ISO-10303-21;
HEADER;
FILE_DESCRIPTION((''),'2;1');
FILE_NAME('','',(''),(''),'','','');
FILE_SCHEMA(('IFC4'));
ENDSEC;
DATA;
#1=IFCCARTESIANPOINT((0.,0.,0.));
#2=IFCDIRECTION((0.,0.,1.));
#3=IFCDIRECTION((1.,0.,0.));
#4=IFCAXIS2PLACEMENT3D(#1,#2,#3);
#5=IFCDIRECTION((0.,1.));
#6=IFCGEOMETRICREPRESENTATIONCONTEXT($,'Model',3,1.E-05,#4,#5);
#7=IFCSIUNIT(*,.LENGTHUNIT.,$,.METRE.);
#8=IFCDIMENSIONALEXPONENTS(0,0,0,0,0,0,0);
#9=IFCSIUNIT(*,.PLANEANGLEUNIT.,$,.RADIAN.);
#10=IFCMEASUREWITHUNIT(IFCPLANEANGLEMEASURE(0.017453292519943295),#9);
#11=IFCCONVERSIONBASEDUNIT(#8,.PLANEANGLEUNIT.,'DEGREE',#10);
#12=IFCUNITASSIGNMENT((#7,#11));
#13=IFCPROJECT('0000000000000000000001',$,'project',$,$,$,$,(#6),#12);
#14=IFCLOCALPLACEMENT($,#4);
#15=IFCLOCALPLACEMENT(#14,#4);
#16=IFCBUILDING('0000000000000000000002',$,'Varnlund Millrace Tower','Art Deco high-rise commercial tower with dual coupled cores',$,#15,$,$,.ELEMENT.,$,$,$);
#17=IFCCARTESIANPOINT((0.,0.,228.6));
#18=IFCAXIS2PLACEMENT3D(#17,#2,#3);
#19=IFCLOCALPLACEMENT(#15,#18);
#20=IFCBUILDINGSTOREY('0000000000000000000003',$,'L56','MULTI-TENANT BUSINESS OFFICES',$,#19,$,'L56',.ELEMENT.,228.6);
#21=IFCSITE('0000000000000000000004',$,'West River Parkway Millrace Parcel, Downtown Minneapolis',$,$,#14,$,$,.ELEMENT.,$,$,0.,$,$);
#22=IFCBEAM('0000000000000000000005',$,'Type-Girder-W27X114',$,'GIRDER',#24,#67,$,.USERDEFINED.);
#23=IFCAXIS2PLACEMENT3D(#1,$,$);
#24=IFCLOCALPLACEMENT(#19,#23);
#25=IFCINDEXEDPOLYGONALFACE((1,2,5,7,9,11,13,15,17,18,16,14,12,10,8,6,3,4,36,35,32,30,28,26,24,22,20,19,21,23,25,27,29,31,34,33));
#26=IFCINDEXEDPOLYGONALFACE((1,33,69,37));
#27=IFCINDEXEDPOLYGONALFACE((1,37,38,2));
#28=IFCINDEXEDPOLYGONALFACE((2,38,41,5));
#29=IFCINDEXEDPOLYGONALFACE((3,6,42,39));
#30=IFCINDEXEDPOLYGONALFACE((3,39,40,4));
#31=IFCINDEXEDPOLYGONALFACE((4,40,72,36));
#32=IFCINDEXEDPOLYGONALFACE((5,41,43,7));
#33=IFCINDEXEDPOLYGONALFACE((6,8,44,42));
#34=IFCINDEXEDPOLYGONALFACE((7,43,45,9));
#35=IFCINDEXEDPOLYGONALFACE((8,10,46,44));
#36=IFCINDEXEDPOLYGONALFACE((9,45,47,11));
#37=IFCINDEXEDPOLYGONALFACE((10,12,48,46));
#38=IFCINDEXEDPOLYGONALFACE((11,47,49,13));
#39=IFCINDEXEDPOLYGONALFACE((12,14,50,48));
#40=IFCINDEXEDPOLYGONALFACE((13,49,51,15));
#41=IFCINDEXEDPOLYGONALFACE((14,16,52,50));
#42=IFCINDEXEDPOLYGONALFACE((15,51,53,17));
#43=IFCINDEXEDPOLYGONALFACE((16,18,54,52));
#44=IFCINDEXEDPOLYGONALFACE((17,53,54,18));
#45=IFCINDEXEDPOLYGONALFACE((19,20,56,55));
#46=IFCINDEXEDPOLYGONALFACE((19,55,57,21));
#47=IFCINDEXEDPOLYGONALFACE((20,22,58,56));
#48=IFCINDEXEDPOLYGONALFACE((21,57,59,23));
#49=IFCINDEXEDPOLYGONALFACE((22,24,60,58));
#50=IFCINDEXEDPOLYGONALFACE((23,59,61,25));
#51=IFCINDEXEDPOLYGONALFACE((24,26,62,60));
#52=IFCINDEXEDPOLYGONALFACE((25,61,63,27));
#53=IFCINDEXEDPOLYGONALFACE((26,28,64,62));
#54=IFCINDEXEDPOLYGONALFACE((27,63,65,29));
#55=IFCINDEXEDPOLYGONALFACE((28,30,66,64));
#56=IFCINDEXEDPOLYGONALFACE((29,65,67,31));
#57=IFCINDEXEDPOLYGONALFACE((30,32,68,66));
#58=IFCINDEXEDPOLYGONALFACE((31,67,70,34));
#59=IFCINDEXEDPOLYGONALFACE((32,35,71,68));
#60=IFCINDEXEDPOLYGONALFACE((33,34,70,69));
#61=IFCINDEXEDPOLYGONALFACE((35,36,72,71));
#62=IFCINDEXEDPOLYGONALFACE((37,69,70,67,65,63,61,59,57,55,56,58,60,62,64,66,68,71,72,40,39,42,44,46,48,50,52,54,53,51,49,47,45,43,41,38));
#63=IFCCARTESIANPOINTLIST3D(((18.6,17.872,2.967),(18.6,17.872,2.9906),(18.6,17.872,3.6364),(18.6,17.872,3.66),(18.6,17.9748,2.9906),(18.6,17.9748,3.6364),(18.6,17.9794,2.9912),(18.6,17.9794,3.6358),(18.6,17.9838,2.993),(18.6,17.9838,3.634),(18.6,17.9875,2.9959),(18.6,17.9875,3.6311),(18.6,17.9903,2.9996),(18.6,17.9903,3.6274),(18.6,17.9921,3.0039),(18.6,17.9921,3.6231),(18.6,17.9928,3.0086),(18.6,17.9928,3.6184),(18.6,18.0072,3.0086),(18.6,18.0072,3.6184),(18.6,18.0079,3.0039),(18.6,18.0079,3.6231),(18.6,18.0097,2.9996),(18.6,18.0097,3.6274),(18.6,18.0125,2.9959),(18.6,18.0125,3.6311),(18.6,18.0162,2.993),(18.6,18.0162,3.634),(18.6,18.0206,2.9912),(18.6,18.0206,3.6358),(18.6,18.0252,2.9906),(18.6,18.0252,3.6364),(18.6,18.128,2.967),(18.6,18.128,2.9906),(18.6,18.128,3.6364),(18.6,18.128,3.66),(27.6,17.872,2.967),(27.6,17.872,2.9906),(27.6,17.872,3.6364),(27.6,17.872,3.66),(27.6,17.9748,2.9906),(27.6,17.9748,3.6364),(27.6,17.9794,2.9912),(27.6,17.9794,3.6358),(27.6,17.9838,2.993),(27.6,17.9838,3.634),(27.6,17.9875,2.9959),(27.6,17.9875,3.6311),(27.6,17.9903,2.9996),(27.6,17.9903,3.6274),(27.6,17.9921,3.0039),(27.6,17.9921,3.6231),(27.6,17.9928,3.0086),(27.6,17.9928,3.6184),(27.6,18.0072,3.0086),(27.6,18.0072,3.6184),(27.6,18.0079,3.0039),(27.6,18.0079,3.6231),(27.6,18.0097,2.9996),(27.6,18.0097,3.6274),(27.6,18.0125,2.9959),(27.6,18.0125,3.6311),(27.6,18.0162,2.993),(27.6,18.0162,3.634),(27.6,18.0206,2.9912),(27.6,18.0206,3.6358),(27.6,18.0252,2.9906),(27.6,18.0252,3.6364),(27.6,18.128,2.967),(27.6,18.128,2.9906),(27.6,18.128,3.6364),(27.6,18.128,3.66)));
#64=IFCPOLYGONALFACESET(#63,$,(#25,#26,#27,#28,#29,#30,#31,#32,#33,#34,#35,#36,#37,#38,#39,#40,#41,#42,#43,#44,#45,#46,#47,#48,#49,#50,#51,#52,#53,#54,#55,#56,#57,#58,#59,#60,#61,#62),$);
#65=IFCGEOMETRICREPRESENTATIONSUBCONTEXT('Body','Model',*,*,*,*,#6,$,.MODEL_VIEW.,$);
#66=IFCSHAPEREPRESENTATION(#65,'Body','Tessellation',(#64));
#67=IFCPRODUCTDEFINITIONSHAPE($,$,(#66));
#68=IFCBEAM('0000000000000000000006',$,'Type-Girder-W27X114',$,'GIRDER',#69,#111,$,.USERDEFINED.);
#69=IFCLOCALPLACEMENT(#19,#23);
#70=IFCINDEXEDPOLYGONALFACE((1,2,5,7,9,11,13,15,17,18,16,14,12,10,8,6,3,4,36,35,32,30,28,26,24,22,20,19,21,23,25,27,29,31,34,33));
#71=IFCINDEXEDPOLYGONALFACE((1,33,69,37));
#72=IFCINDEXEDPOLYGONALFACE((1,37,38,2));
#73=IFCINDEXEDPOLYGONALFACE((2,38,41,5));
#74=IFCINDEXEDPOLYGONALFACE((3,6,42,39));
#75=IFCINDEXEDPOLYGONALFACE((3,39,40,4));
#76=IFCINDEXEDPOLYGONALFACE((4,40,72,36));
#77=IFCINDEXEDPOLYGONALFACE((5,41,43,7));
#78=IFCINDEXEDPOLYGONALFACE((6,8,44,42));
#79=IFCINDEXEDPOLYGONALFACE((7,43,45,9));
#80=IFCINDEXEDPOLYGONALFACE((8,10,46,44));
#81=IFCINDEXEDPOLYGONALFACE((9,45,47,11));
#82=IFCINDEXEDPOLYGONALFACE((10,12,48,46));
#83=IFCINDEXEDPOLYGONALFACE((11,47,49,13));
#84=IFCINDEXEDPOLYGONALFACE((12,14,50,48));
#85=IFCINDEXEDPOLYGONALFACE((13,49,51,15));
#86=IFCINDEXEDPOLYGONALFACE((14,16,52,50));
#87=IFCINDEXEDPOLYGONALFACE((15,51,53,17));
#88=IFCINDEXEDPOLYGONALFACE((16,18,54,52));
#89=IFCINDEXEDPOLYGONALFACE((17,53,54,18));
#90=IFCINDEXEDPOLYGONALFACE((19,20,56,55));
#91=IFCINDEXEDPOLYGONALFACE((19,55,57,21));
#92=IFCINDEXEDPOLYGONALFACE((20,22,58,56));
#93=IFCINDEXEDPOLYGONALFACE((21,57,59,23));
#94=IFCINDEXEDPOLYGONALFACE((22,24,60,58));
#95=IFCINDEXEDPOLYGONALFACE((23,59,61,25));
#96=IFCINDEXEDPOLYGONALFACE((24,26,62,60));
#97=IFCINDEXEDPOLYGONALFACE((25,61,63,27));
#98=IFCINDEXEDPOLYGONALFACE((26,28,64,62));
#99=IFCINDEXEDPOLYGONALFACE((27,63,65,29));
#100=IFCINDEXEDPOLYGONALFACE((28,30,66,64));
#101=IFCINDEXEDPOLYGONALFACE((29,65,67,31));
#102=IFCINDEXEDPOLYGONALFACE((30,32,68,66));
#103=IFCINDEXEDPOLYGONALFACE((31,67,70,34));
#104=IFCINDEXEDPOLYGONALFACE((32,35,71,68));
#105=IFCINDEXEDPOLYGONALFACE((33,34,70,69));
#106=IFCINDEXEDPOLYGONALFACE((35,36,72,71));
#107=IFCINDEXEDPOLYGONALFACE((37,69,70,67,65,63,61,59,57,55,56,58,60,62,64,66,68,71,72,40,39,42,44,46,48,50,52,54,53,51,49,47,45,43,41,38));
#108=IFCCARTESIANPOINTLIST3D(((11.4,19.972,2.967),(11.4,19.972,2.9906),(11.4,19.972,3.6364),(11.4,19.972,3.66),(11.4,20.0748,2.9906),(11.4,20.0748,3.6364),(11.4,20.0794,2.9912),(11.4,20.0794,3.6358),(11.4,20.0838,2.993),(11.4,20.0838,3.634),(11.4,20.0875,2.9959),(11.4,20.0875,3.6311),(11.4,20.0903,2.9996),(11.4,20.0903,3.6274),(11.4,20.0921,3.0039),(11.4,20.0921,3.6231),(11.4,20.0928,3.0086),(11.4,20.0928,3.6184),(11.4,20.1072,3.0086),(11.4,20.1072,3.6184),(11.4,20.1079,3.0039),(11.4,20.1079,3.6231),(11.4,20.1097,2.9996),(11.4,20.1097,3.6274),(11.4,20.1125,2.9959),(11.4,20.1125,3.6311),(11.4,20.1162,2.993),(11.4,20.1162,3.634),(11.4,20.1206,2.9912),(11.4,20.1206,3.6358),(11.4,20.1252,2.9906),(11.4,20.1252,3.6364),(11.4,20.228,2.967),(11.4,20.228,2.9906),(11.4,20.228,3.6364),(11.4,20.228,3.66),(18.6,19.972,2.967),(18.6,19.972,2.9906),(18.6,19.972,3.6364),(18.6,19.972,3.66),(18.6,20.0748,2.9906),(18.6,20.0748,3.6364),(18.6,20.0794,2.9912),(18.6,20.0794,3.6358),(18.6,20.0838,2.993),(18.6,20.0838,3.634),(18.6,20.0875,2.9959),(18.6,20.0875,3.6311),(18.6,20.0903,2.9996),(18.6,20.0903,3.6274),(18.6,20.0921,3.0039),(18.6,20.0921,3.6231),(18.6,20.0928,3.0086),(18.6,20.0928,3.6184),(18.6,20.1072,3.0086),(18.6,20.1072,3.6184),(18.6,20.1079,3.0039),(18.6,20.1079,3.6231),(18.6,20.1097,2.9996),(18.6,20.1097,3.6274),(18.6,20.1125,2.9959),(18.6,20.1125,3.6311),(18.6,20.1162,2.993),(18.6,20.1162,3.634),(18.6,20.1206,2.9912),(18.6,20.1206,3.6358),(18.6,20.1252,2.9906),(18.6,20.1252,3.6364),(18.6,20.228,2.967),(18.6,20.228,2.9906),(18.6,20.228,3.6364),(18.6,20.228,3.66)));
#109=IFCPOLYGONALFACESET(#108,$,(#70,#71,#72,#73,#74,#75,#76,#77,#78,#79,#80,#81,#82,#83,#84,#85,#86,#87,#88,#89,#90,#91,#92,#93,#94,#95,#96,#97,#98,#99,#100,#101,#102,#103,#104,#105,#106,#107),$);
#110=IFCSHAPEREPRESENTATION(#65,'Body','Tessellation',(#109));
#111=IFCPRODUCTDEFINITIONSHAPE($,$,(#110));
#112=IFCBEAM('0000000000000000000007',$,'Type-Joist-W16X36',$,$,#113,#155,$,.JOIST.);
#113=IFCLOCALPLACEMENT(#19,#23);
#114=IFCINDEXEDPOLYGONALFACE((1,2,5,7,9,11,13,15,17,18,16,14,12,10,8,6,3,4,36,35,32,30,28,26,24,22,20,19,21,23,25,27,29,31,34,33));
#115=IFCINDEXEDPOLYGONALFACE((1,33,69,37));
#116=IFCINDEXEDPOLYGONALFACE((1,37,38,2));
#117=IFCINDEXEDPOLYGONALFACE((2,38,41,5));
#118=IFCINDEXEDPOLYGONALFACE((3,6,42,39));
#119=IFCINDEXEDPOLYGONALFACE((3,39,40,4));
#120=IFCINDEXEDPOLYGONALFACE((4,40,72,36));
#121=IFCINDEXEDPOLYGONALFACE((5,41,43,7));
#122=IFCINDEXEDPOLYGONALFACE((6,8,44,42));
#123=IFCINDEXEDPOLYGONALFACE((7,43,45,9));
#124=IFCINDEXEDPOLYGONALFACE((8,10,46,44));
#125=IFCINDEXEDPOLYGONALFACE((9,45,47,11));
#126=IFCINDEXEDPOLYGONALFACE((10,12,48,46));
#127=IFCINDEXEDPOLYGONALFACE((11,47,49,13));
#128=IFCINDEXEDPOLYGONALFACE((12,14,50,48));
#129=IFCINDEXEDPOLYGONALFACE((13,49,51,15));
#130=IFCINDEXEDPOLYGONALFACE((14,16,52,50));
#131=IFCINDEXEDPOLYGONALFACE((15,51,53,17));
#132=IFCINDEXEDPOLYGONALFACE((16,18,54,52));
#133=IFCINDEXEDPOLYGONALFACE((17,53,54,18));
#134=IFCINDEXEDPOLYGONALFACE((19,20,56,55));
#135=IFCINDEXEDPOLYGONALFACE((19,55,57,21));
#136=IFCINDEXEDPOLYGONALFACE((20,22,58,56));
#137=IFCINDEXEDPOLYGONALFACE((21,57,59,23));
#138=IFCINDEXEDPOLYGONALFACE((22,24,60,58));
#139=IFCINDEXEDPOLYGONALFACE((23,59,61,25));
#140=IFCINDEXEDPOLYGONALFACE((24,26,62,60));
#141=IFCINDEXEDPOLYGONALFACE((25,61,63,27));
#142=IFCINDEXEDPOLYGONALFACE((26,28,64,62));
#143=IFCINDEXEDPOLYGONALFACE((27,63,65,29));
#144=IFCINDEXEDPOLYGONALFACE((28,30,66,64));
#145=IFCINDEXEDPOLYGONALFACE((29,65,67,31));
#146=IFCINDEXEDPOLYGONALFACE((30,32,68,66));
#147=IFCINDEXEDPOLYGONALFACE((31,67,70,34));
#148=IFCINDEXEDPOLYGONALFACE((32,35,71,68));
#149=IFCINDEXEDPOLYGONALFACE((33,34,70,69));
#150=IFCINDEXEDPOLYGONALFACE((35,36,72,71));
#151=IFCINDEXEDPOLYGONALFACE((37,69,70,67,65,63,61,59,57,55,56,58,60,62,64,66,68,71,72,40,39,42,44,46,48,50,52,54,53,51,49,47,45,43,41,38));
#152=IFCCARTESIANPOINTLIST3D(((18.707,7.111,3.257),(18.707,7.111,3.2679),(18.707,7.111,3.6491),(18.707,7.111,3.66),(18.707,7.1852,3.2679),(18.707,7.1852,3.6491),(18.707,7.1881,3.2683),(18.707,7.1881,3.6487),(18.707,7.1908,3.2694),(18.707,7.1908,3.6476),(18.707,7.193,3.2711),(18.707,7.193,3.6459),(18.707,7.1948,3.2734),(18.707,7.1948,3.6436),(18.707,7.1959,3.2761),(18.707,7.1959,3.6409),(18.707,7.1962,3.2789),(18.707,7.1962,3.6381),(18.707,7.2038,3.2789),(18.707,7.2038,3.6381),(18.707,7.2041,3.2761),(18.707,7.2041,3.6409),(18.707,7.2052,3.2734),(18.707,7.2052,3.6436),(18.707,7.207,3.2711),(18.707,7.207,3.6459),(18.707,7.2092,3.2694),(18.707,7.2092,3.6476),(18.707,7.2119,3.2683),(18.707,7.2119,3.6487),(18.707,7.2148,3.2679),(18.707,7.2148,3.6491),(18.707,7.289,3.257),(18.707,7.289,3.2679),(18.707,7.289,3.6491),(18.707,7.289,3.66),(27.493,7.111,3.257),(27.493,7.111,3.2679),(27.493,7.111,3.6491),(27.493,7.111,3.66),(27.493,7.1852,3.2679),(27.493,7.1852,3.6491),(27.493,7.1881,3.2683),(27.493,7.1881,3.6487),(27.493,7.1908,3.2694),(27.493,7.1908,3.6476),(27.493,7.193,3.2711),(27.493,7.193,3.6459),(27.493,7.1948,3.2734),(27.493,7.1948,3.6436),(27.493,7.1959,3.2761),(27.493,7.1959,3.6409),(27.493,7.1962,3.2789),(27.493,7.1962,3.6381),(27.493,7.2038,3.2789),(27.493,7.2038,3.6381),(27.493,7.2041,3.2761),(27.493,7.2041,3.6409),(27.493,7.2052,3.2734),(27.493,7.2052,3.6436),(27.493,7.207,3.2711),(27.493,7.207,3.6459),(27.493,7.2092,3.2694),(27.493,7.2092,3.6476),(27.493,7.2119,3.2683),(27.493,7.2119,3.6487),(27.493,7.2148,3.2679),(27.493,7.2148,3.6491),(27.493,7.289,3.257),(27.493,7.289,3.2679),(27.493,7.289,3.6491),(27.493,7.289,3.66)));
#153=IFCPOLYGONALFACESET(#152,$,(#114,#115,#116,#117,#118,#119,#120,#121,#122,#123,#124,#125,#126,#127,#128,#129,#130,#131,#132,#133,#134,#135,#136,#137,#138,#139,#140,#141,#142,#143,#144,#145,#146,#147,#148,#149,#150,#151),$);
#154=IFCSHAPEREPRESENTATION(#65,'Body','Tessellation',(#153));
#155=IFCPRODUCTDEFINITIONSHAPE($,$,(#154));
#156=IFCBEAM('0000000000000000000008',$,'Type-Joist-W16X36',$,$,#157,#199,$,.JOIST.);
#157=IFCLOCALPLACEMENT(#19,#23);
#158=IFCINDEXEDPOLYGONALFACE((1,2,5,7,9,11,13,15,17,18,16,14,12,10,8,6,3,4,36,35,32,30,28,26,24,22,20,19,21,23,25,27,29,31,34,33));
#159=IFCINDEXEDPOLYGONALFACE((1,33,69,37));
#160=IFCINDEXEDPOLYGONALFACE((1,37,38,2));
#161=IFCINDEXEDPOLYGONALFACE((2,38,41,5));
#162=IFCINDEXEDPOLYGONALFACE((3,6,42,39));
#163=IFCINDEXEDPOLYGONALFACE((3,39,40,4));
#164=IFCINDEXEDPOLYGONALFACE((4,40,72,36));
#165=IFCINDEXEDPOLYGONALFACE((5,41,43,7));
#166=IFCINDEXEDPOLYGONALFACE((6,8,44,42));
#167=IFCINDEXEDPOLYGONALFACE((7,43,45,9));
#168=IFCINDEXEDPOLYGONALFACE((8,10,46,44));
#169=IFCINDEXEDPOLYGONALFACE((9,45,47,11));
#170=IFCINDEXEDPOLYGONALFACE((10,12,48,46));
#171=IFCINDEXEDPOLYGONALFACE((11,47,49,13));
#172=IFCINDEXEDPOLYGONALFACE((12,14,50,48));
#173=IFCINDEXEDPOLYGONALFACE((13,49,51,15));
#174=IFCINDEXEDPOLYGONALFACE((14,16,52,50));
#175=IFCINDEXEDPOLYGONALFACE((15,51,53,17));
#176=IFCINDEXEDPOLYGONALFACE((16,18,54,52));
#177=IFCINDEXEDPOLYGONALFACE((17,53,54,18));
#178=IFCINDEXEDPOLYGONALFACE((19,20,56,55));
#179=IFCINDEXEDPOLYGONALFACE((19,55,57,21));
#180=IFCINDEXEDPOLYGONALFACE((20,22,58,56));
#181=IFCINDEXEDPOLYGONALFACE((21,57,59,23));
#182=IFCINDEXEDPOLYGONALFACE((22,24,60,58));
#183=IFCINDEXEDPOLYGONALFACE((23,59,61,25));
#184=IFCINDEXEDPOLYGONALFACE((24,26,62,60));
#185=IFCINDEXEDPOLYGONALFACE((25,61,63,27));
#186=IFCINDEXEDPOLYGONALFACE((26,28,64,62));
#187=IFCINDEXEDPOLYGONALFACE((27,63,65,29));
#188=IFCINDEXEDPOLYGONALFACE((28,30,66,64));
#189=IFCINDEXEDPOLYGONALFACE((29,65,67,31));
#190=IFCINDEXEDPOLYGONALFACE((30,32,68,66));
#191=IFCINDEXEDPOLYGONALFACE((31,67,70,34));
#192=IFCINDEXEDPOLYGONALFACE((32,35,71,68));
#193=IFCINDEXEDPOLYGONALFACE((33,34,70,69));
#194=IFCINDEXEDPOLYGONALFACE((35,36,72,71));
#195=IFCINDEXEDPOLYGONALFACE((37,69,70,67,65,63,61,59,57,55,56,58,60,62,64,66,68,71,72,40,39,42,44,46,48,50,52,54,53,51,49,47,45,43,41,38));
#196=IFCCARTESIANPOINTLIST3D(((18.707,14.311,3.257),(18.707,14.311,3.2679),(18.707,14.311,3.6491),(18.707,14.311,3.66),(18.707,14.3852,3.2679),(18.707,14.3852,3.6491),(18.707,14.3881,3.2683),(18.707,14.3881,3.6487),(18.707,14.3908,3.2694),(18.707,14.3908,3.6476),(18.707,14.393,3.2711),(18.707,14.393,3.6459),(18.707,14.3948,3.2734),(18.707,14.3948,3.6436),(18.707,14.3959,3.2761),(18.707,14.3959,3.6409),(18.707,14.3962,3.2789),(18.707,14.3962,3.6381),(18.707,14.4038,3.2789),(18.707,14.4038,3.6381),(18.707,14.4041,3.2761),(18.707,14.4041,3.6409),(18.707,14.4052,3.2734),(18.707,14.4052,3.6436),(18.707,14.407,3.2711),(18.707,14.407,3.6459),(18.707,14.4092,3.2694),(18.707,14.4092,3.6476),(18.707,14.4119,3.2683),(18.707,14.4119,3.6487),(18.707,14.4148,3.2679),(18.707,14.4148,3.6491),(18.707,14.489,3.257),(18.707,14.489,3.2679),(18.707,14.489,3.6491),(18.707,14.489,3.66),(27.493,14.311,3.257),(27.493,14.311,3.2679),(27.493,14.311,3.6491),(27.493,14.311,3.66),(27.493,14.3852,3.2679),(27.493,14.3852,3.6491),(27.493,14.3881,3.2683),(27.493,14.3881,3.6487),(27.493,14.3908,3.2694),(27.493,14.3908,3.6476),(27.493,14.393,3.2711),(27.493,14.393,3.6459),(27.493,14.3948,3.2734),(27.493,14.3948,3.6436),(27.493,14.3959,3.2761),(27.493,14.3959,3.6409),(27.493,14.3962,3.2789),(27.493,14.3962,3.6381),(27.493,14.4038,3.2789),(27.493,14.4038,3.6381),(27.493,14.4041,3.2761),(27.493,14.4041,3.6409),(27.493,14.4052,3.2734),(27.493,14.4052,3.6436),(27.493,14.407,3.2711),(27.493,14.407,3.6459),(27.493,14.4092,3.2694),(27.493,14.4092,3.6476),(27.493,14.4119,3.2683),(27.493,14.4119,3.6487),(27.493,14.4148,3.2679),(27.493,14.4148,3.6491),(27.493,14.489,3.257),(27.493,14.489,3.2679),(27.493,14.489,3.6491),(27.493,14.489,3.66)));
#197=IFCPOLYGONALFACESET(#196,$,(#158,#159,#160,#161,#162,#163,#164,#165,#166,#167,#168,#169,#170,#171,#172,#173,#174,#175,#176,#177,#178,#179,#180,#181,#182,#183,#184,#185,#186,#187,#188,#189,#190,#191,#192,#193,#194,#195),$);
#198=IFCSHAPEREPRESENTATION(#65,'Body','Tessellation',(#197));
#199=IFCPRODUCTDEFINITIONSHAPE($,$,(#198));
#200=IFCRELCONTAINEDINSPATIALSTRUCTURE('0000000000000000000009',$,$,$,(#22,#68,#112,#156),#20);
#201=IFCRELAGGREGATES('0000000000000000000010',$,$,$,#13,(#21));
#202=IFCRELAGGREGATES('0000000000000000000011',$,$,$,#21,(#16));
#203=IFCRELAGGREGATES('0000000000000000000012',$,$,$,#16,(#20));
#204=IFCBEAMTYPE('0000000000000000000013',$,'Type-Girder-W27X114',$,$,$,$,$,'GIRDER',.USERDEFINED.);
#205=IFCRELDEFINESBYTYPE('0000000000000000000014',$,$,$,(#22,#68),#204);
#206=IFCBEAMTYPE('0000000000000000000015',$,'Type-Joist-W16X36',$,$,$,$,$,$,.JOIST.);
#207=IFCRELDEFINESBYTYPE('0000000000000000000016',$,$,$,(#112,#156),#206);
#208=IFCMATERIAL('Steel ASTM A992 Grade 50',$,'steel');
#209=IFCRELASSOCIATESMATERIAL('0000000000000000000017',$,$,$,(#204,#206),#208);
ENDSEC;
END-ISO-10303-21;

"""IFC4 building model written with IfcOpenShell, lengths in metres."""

from ifc_helpers import new_model, entity, si_unit, converted_unit, direction, frame, origin_with_axes, origin_2d_with_axis, place, context, subcontext, project, spatial, i_section, extrude, material, material_profile, profile_set, type_object, element, save


model = new_model("IFC4")

# Units and contexts
model_context = context("Model", 3, precision=1e-05, world=origin_with_axes(), true_north=direction((0.0, 1.0)))
body_context = subcontext(model_context, "Body", "Model", "MODEL_VIEW")
ifc_project = project(units=[si_unit("LENGTHUNIT", "METRE"), converted_unit("PLANEANGLEUNIT", "DEGREE", entity("IfcPlaneAngleMeasure", 0.017453292519943295), si_unit("PLANEANGLEUNIT", "RADIAN"), dimensions=[0, 0, 0, 0, 0, 0, 0])], contexts=[model_context])

# Site, building, storey
site_placement = place(None, origin_with_axes())
site = spatial("IfcSite", under=ifc_project, at=site_placement, Name="West River Parkway Millrace Parcel, Downtown Minneapolis", CompositionType="ELEMENT", RefElevation=0.0)
building_placement = place(site_placement, origin_with_axes())
building = spatial("IfcBuilding", under=site, at=building_placement, Name="Varnlund Millrace Tower", Description="Art Deco high-rise commercial tower with dual coupled cores", CompositionType="ELEMENT")
storey_placement = place(building_placement, frame((0.0, 0.0, 228.6), z_axis=(0.0, 0.0, 1.0), x_axis=(1.0, 0.0, 0.0)))
storey = spatial("IfcBuildingStorey", under=building, at=storey_placement, Name="L56", Description="MULTI-TENANT BUSINESS OFFICES", LongName="L56", CompositionType="ELEMENT", Elevation=228.6)

# Beams
ifc_material_1 = material(Name="Steel ASTM A992 Grade 50", Category="steel")
ifc_material_profile_1 = material_profile(ifc_material_1, i_section(OverallWidth=0.256, OverallDepth=0.693, WebThickness=0.0145, FlangeThickness=0.0236, FilletRadius=0.018, at=origin_2d_with_axis()), Name="Steel ASTM A992 Grade 50")
ifc_profile_set_1 = profile_set([ifc_material_profile_1], Name="Steel ASTM A992 Grade 50")
beam_type_1 = type_object("IfcBeamType", Name="Type-Girder-W27X114", ElementType="GIRDER", PredefinedType="USERDEFINED", material=ifc_profile_set_1)
for number, where, z_axis, x_axis, name in (
    (1, (18.6, 18.0, 3.3135), (1.0, 0.0, 0.0), (0.0, 1.0, 0.0), "Type-Girder-W27X114"),
):
    element("IfcBeam", number, at=place(storey_placement, frame(where, z_axis=z_axis, x_axis=x_axis)), inside=storey, type_object=beam_type_1, Name=name, ObjectType="GIRDER", PredefinedType="USERDEFINED", context=body_context, shape_type="SweptSolid", body=[
        extrude(i_section(OverallWidth=0.256, OverallDepth=0.693, WebThickness=0.0145, FlangeThickness=0.0236, FilletRadius=0.018, at=origin_2d_with_axis()), origin_with_axes(), (0.0, 0.0, 1.0), 9.0),
    ])
beam_1_placement = place(storey_placement, frame((11.4, 20.1, 3.3135), z_axis=(1.0, 0.0, 0.0), x_axis=(0.0, 1.0, 0.0)))
element("IfcBeam", 2, at=beam_1_placement, inside=storey, type_object=beam_type_1, Name="Type-Girder-W27X114", ObjectType="GIRDER", PredefinedType="USERDEFINED", context=body_context, shape_type="SweptSolid", body=[
    extrude(i_section(OverallWidth=0.256, OverallDepth=0.693, WebThickness=0.0145, FlangeThickness=0.0236, FilletRadius=0.018, at=origin_2d_with_axis()), origin_with_axes(), (0.0, 0.0, 1.0), 7.2),
])
ifc_material_profile_2 = material_profile(ifc_material_1, i_section(OverallWidth=0.178, OverallDepth=0.403, WebThickness=0.0075, FlangeThickness=0.0109, FilletRadius=0.011, at=origin_2d_with_axis()), Name="Steel ASTM A992 Grade 50")
ifc_profile_set_2 = profile_set([ifc_material_profile_2], Name="Steel ASTM A992 Grade 50")
beam_type_2 = type_object("IfcBeamType", Name="Type-Joist-W16X36", PredefinedType="JOIST", material=ifc_profile_set_2)
for number, where, z_axis, x_axis, name in (
    (3, (18.707, 7.2, 3.4585), (1.0, 0.0, 0.0), (0.0, 1.0, 0.0), "Type-Joist-W16X36"),
    (4, (18.707, 14.4, 3.4585), (1.0, 0.0, 0.0), (0.0, 1.0, 0.0), "Type-Joist-W16X36"),
):
    element("IfcBeam", number, at=place(storey_placement, frame(where, z_axis=z_axis, x_axis=x_axis)), inside=storey, type_object=beam_type_2, Name=name, PredefinedType="JOIST", context=body_context, shape_type="SweptSolid", body=[
        extrude(i_section(OverallWidth=0.178, OverallDepth=0.403, WebThickness=0.0075, FlangeThickness=0.0109, FilletRadius=0.011, at=origin_2d_with_axis()), origin_with_axes(), (0.0, 0.0, 1.0), 8.786),
    ])

save(model, "model.ifc")
